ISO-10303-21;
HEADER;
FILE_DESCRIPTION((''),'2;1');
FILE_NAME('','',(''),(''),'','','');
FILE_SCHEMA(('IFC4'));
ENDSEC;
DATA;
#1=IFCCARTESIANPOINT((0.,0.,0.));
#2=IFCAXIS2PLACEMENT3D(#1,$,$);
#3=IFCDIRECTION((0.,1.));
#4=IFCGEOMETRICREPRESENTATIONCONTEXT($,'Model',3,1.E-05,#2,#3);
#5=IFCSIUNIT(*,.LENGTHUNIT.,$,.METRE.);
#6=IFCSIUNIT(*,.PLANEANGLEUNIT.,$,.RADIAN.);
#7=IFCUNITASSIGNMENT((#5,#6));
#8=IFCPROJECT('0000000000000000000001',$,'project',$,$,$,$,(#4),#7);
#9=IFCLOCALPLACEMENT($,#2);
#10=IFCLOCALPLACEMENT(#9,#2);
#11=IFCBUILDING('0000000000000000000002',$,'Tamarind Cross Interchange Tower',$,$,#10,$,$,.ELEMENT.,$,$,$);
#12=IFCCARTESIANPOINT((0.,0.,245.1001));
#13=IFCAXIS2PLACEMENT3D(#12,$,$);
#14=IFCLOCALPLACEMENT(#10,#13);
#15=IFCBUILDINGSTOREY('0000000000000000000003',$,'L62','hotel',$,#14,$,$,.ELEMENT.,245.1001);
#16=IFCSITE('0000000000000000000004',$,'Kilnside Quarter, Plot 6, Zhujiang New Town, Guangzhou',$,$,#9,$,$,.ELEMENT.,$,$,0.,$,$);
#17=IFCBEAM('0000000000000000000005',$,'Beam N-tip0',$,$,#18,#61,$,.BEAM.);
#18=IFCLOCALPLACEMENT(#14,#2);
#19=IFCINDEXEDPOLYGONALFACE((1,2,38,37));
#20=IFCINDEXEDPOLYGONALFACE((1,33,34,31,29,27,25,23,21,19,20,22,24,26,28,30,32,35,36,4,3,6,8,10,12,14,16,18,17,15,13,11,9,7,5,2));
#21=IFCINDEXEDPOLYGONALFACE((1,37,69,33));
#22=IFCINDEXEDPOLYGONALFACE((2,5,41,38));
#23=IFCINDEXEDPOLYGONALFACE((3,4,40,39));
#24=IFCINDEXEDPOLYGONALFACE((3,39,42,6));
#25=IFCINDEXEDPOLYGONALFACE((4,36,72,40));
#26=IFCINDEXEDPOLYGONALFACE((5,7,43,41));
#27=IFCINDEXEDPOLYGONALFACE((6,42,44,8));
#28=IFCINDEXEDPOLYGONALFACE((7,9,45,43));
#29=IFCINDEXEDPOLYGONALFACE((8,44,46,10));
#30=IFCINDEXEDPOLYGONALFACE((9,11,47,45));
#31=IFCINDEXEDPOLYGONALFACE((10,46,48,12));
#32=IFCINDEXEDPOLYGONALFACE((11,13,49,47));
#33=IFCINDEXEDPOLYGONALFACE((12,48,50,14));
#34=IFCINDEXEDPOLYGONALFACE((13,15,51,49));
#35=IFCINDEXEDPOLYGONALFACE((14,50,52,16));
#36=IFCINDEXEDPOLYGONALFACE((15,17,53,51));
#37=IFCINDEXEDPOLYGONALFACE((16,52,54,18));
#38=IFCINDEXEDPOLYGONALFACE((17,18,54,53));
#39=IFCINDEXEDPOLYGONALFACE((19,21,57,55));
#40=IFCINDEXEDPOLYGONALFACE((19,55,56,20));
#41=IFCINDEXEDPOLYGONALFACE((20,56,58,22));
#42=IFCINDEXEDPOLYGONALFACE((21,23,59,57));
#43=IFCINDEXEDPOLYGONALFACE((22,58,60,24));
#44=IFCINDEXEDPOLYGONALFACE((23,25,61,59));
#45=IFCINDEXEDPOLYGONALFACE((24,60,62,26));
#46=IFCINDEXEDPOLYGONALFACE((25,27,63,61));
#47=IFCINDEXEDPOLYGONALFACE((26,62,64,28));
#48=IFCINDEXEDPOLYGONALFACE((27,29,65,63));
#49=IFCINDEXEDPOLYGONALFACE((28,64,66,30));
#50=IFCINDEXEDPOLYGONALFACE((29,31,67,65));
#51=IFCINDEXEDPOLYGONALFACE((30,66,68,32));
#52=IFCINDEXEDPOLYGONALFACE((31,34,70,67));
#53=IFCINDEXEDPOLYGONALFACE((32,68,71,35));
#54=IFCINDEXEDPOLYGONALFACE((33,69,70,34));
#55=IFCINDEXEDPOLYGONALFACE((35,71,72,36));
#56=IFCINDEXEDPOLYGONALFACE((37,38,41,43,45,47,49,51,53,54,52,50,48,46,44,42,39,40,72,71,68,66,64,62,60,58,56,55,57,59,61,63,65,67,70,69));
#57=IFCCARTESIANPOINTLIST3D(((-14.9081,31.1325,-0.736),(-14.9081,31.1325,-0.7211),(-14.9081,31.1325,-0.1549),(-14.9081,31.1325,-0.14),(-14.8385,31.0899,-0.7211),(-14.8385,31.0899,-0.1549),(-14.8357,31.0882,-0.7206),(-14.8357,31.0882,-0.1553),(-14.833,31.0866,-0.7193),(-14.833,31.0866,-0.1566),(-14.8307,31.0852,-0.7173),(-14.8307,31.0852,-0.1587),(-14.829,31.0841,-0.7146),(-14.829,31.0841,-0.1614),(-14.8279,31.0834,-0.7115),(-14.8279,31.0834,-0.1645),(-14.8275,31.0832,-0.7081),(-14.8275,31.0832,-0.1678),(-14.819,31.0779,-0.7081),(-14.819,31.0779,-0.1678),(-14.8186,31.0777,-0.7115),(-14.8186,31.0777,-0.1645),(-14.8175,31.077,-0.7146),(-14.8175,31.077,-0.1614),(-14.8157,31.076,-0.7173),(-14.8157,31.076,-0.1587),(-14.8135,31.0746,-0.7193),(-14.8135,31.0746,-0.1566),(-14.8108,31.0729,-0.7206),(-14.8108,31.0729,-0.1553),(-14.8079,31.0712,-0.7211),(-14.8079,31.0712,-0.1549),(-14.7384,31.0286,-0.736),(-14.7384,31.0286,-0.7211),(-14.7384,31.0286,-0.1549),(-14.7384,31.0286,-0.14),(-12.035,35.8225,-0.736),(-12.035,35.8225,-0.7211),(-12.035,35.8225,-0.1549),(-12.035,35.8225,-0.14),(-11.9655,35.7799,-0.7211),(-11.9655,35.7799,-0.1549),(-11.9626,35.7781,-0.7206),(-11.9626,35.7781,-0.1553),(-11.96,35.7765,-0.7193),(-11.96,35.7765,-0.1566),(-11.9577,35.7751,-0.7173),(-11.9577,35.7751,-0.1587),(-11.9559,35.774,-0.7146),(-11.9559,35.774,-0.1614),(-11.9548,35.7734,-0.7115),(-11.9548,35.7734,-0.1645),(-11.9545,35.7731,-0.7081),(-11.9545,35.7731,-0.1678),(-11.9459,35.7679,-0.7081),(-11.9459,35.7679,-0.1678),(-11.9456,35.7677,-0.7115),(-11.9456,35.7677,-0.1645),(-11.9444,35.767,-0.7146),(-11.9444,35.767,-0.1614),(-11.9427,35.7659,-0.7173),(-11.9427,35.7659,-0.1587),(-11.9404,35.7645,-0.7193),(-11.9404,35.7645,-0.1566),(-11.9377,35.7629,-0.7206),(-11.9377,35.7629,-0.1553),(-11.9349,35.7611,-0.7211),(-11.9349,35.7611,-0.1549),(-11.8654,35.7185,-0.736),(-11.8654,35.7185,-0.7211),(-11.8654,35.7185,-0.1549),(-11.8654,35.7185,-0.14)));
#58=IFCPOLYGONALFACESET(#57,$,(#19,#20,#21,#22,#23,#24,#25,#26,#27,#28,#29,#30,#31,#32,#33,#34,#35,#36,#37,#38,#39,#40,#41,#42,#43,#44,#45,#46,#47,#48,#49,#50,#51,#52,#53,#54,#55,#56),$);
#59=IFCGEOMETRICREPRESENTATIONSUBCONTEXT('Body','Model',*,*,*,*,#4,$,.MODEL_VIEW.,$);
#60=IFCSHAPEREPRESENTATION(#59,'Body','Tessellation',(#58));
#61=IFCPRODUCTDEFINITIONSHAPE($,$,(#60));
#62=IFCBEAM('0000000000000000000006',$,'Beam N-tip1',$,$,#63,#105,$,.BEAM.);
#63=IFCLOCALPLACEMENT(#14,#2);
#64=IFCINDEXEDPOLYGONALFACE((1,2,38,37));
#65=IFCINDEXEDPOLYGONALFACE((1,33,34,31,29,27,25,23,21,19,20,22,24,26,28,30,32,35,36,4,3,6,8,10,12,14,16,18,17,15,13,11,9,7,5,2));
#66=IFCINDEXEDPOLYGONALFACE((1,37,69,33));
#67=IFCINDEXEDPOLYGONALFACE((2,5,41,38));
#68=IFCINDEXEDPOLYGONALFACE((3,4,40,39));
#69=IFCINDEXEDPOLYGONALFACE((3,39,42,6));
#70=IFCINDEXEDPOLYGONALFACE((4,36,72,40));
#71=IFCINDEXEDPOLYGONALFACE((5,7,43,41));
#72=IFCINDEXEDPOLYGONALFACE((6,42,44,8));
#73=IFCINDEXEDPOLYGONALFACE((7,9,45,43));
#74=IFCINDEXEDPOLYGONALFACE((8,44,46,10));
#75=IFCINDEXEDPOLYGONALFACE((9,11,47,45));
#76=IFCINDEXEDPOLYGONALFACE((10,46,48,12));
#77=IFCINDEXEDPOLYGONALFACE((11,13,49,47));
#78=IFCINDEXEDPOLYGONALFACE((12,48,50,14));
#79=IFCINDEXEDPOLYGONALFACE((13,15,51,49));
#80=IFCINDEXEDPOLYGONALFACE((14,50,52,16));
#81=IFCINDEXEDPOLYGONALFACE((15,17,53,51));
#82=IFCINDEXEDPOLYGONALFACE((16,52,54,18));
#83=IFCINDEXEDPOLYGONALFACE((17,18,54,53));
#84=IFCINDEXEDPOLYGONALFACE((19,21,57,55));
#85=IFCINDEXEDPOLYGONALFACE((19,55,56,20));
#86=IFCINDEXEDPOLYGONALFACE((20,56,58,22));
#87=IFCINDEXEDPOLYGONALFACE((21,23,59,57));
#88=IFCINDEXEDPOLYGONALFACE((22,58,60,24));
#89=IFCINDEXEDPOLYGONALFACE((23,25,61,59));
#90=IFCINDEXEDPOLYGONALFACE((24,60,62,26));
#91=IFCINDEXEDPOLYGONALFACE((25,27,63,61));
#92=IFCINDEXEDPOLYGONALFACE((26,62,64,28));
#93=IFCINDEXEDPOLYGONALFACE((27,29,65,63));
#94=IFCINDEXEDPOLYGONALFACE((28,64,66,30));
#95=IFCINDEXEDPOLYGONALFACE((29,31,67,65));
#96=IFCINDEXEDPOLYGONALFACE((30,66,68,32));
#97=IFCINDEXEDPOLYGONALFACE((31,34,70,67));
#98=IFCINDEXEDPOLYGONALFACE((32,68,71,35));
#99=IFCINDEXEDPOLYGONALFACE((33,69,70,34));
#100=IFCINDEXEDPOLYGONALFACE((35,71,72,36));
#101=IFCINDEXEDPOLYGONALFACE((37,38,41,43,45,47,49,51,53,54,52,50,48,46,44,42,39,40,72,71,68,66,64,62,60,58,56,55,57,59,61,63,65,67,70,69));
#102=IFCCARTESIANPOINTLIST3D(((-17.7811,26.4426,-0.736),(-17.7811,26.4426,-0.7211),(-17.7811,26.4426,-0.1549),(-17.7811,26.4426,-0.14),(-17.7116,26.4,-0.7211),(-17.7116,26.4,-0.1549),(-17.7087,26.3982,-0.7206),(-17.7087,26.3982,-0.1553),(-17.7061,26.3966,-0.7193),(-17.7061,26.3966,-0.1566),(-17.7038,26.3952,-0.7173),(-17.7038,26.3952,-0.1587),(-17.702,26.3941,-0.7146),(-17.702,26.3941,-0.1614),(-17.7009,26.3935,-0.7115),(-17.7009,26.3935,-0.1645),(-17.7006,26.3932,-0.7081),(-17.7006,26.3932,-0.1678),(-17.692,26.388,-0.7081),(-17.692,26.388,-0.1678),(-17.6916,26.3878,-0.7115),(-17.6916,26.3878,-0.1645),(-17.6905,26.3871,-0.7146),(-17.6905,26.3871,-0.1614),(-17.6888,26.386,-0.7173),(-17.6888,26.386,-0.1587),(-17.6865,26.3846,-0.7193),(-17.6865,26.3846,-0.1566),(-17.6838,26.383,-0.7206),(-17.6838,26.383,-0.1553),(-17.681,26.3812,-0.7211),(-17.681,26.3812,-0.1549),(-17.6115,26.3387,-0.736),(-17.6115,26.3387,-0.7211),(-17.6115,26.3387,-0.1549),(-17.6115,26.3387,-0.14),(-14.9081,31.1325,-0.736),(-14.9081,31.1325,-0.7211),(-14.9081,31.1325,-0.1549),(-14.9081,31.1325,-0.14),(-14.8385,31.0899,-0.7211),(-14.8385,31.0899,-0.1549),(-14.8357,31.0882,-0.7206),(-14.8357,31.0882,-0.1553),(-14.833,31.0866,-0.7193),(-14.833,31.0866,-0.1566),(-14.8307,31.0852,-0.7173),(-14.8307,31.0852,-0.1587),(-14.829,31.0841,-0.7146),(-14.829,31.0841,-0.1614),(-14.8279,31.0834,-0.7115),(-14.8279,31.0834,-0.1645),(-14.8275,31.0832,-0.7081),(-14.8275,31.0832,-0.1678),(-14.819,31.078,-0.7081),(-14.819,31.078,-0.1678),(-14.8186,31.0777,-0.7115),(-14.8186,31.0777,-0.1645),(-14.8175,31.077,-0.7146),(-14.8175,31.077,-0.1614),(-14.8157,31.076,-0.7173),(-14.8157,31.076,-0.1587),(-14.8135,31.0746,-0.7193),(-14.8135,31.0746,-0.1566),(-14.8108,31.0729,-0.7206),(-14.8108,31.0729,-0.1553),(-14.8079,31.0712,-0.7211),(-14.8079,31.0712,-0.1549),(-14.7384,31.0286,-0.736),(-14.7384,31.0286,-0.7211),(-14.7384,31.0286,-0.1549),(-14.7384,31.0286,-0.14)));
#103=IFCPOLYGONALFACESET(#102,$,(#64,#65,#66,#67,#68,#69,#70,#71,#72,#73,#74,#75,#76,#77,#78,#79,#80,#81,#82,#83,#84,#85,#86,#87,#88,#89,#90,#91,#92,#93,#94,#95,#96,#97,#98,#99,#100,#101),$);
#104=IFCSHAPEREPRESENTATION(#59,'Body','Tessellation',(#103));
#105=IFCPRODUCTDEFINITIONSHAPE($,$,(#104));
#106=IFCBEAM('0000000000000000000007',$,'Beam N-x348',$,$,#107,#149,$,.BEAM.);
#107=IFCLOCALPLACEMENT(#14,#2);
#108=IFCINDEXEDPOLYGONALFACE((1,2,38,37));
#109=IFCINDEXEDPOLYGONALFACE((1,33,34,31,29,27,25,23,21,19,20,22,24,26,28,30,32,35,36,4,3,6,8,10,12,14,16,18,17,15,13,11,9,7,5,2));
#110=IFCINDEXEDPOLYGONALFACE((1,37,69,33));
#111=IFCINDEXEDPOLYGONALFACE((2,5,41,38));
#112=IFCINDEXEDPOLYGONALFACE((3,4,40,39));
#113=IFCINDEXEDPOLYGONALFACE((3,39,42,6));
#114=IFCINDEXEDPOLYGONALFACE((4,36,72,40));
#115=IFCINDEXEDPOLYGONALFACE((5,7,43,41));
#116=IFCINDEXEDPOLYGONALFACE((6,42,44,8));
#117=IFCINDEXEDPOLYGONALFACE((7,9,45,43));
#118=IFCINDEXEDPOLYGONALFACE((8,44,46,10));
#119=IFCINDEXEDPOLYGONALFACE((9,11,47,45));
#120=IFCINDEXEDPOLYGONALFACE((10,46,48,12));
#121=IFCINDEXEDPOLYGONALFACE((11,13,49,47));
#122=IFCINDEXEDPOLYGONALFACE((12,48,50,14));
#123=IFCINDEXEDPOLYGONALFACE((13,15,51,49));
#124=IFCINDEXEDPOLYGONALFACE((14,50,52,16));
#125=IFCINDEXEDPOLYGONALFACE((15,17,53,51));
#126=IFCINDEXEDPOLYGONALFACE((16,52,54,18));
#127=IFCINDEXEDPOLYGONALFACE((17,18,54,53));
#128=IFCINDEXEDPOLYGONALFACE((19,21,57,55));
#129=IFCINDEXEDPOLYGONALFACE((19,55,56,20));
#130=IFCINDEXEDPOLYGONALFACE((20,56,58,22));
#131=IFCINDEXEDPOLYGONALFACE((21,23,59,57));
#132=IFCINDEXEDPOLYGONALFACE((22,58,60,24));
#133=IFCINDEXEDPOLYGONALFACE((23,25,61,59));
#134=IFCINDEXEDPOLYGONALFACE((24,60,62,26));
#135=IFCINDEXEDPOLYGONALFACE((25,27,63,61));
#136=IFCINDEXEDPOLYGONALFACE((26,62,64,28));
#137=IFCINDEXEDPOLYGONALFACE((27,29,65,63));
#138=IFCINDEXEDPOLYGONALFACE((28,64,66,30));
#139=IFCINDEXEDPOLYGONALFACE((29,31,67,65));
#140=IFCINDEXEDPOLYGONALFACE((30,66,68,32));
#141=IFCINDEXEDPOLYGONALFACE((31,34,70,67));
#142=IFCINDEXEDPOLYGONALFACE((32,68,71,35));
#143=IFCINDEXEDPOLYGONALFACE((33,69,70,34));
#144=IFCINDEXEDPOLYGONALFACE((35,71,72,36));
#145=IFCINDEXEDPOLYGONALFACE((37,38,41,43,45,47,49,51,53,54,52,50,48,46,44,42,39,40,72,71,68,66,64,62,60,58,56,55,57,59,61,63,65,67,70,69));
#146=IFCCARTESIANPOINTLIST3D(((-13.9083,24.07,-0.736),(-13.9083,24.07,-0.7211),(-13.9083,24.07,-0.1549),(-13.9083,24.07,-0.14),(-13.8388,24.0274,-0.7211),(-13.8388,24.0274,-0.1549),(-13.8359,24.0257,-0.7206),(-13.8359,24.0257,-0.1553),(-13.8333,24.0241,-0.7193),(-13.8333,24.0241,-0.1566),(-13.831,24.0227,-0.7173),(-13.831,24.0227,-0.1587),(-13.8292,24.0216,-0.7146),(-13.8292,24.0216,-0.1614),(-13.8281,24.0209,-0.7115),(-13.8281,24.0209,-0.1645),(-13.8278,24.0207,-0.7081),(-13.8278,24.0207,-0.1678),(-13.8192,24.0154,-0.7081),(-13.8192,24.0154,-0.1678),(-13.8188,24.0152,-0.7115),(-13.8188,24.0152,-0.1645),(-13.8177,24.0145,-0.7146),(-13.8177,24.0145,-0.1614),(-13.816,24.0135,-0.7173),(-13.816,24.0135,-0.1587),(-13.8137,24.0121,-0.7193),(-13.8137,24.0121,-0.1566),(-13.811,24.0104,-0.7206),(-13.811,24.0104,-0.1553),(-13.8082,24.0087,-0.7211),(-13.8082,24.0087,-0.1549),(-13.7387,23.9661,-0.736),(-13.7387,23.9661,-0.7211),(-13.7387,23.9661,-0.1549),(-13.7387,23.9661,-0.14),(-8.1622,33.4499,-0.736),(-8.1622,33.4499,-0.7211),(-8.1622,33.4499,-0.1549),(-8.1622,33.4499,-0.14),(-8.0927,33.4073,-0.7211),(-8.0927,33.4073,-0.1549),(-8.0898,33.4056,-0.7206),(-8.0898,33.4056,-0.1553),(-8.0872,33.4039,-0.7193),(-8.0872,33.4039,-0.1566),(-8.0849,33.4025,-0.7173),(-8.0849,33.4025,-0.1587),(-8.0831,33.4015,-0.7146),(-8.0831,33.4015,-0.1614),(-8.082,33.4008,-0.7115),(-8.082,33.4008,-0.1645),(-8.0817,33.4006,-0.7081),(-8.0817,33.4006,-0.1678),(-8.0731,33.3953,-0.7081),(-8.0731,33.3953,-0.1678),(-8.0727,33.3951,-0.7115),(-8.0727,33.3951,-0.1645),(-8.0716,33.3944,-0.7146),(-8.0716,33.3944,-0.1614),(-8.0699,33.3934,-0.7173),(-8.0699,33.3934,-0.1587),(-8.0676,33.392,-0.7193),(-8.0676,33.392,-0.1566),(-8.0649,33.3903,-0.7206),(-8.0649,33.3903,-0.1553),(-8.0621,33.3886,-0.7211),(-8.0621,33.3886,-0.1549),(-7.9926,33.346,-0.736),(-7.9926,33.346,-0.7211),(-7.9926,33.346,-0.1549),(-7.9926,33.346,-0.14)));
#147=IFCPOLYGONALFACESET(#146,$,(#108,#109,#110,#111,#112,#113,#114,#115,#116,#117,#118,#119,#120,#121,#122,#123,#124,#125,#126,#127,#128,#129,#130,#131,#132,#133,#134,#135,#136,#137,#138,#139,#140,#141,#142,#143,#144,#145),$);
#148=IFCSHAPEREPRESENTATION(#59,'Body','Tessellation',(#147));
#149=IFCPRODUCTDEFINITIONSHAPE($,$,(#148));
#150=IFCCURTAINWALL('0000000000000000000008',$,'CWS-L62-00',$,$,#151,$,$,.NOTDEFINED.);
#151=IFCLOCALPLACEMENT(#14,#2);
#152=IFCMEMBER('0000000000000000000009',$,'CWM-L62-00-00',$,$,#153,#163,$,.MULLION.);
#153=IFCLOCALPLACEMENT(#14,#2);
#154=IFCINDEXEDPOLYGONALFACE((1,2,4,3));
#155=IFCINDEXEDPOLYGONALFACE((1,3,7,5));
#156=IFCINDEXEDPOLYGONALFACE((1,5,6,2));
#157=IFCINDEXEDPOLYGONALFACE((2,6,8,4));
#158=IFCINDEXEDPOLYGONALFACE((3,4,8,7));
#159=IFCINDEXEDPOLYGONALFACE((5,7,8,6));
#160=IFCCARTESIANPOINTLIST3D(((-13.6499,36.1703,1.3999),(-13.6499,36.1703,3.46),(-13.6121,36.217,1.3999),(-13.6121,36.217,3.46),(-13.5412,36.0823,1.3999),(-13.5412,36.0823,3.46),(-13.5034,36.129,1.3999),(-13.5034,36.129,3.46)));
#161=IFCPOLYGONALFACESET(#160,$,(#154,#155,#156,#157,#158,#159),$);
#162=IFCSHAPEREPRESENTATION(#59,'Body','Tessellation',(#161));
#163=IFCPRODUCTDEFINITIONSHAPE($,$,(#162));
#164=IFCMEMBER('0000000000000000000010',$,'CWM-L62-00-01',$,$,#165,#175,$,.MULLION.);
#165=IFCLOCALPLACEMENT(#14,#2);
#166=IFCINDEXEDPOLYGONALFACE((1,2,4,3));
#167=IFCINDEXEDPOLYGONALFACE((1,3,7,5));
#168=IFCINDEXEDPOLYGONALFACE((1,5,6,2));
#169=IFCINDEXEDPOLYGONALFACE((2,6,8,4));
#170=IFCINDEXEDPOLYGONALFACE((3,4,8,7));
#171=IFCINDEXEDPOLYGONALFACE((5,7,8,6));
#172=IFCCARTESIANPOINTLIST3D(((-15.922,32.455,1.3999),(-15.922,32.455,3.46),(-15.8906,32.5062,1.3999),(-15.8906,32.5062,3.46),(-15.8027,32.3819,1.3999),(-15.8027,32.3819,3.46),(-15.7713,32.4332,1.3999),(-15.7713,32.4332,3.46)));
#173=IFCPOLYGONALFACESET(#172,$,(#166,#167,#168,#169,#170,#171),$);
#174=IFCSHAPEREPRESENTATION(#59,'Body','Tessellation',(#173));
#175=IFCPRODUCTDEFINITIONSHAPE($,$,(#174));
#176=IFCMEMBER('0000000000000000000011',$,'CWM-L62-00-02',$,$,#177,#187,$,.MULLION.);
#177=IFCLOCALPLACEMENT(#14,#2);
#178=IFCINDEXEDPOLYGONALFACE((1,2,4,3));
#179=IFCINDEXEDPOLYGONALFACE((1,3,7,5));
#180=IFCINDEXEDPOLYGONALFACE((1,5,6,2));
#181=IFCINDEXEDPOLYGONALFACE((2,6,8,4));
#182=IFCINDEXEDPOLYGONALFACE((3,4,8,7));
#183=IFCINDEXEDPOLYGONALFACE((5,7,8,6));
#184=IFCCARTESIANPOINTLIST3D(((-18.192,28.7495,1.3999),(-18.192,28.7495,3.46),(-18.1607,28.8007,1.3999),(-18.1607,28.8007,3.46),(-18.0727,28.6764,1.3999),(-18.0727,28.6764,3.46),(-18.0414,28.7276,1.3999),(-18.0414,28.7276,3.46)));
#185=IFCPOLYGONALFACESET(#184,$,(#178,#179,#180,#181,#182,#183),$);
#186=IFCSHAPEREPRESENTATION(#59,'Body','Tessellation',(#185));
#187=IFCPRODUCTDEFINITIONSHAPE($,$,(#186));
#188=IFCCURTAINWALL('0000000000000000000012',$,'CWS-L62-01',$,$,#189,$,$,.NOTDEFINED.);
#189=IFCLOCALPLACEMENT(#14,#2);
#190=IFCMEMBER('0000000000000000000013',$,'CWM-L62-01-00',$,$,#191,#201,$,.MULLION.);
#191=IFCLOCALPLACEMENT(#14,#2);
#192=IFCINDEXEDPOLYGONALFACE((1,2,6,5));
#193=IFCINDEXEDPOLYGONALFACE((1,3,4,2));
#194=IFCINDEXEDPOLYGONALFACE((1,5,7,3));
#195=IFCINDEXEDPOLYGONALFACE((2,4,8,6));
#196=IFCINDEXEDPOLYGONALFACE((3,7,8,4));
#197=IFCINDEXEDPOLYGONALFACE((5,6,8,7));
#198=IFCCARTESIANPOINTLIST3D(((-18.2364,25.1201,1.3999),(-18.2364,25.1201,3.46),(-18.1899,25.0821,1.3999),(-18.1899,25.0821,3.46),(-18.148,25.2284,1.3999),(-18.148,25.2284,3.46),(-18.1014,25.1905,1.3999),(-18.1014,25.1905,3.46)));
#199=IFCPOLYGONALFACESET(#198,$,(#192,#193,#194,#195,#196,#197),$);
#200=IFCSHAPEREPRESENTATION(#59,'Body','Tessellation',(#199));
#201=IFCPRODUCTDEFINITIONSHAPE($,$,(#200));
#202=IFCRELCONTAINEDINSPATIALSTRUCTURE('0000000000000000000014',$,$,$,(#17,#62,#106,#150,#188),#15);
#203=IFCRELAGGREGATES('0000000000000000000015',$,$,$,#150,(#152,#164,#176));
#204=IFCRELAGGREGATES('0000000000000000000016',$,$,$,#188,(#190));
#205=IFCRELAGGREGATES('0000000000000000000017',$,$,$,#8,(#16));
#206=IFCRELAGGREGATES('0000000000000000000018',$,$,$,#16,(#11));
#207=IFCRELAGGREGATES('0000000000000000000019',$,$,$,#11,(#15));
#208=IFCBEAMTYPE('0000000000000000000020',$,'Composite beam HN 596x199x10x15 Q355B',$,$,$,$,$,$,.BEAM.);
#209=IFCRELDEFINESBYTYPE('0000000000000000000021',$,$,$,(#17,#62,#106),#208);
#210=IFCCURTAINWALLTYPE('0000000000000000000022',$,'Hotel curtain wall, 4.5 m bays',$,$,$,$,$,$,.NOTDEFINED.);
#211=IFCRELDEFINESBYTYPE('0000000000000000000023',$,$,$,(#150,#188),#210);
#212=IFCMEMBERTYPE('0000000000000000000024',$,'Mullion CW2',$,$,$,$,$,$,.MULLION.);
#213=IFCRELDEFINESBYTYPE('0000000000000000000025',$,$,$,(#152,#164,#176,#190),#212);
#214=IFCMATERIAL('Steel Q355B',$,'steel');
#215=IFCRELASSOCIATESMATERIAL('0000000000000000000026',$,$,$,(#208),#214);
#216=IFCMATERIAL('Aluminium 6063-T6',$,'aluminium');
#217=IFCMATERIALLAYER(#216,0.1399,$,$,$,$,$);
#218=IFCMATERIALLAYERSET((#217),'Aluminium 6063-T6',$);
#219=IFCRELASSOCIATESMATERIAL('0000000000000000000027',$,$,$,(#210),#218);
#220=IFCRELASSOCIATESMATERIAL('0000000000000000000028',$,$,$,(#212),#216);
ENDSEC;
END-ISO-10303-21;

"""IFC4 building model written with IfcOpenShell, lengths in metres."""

from ifc_helpers import new_model, si_unit, direction, frame, origin, origin_2d, place, context, subcontext, project, spatial, rectangle, i_section, extrude, material, layer, layer_set, material_profile, profile_set, type_object, element, aggregate, save


model = new_model("IFC4")

# Units and contexts
model_context = context("Model", 3, precision=1e-05, world=origin(), true_north=direction((0.0, 1.0)))
body_context = subcontext(model_context, "Body", "Model", "MODEL_VIEW")
ifc_project = project(units=[si_unit("LENGTHUNIT", "METRE"), si_unit("PLANEANGLEUNIT", "RADIAN")], contexts=[model_context])

# Site, building, storey
site_placement = place(None, origin())
site = spatial("IfcSite", under=ifc_project, at=site_placement, Name="Kilnside Quarter, Plot 6, Zhujiang New Town, Guangzhou", CompositionType="ELEMENT", RefElevation=0.0)
building_placement = place(site_placement, origin())
building = spatial("IfcBuilding", under=site, at=building_placement, Name="Tamarind Cross Interchange Tower", CompositionType="ELEMENT")
storey_placement = place(building_placement, frame((0.0, 0.0, 245.1001)))
storey = spatial("IfcBuildingStorey", under=building, at=storey_placement, Name="L62", Description="hotel", CompositionType="ELEMENT", Elevation=245.1001)

# Beams
ifc_material_1 = material(Name="Steel Q355B", Category="steel")
ifc_material_profile_1 = material_profile(ifc_material_1, i_section(OverallWidth=0.199, OverallDepth=0.5959, WebThickness=0.01, FlangeThickness=0.0149, FilletRadius=0.0129, at=origin_2d()), Name="HN 596x199x10x15")
ifc_profile_set_1 = profile_set([ifc_material_profile_1], Name="Steel Q355B")
beam_type_1 = type_object("IfcBeamType", Name="Composite beam HN 596x199x10x15 Q355B", PredefinedType="BEAM", material=ifc_profile_set_1)
for number, where, z_axis, x_axis, name in (
    (1, (-11.9502, 35.7705, -0.438), (-0.522373, -0.852717, 0.0), (0.852717, -0.522373, 0.0), "Beam N-tip0"),
    (2, (-14.8232, 31.0806, -0.438), (-0.522373, -0.852717, 0.0), (0.852717, -0.522373, 0.0), "Beam N-tip1"),
):
    element("IfcBeam", number, at=place(storey_placement, frame(where, z_axis=z_axis, x_axis=x_axis)), inside=storey, type_object=beam_type_1, Name=name, PredefinedType="BEAM", context=body_context, shape_type="SweptSolid", body=[
        extrude(i_section(OverallWidth=0.199, OverallDepth=0.5959, WebThickness=0.01, FlangeThickness=0.0149, FilletRadius=0.0129, at=origin_2d()), origin(), (0.0, 0.0, 1.0), 5.5),
    ])
beam_1_placement = place(storey_placement, frame((-8.0774, 33.3979, -0.438), z_axis=(-0.522373, -0.852717, 0.0), x_axis=(0.852717, -0.522373, 0.0)))
element("IfcBeam", 3, at=beam_1_placement, inside=storey, type_object=beam_type_1, Name="Beam N-x348", PredefinedType="BEAM", context=body_context, shape_type="SweptSolid", body=[
    extrude(i_section(OverallWidth=0.199, OverallDepth=0.5959, WebThickness=0.01, FlangeThickness=0.0149, FilletRadius=0.0129, at=origin_2d()), origin(), (0.0, 0.0, 1.0), 11.0),
])

# Curtain wall, members
ifc_material_2 = material(Name="Aluminium 6063-T6", Category="aluminium")
ifc_layer_1 = layer(ifc_material_2, 0.1399)
ifc_layer_set_1 = layer_set([ifc_layer_1], Name="Aluminium 6063-T6")
curtain_wall_type = type_object("IfcCurtainWallType", Name="Hotel curtain wall, 4.5 m bays", PredefinedType="NOTDEFINED", material=ifc_layer_set_1)
curtain_wall_1_placement = place(storey_placement, origin())
curtain_wall_1 = element("IfcCurtainWall", 4, at=curtain_wall_1_placement, inside=storey, type_object=curtain_wall_type, Name="CWS-L62-00", PredefinedType="NOTDEFINED")
ifc_material_profile_2 = material_profile(ifc_material_2, rectangle(XDim=0.0601, YDim=0.1399, at=origin_2d()), Name="Mullion CW2")
ifc_profile_set_2 = profile_set([ifc_material_profile_2], Name="Aluminium 6063-T6")
member_type = type_object("IfcMemberType", Name="Mullion CW2", PredefinedType="MULLION", material=ifc_profile_set_2)
member_1_placement = place(storey_placement, frame((-13.5767, 36.1497, 1.3999), z_axis=(0.0, 0.0, 1.0), x_axis=(-0.629201, -0.777243, 0.0)))
member_1 = element("IfcMember", 5, at=member_1_placement, type_object=member_type, Name="CWM-L62-00-00", PredefinedType="MULLION", context=body_context, shape_type="SweptSolid", body=[
    extrude(rectangle(XDim=0.0601, YDim=0.1399, at=origin_2d()), origin(), (0.0, 0.0, 1.0), 2.0601),
])
member_2_placement = place(storey_placement, frame((-15.8467, 32.4441, 1.3999), z_axis=(0.0, 0.0, 1.0), x_axis=(-0.522368, -0.85272, 0.0)))
member_2 = element("IfcMember", 6, at=member_2_placement, type_object=member_type, Name="CWM-L62-00-01", PredefinedType="MULLION", context=body_context, shape_type="SweptSolid", body=[
    extrude(rectangle(XDim=0.0601, YDim=0.1399, at=origin_2d()), origin(), (0.0, 0.0, 1.0), 2.0601),
])
member_3_placement = place(storey_placement, frame((-18.1167, 28.7385, 1.3999), z_axis=(0.0, 0.0, 1.0), x_axis=(-0.522368, -0.85272, 0.0)))
member_3 = element("IfcMember", 7, at=member_3_placement, type_object=member_type, Name="CWM-L62-00-02", PredefinedType="MULLION", context=body_context, shape_type="SweptSolid", body=[
    extrude(rectangle(XDim=0.0601, YDim=0.1399, at=origin_2d()), origin(), (0.0, 0.0, 1.0), 2.0601),
])
aggregate(curtain_wall_1, [member_1, member_2, member_3])

# Curtain wall, member
curtain_wall_2_placement = place(storey_placement, origin())
curtain_wall_2 = element("IfcCurtainWall", 8, at=curtain_wall_2_placement, inside=storey, type_object=curtain_wall_type, Name="CWS-L62-01", PredefinedType="NOTDEFINED")
member_4_placement = place(storey_placement, frame((-18.1689, 25.1553, 1.3999), z_axis=(0.0, 0.0, 1.0), x_axis=(0.774563, -0.632497, 0.0)))
member_4 = element("IfcMember", 9, at=member_4_placement, type_object=member_type, Name="CWM-L62-01-00", PredefinedType="MULLION", context=body_context, shape_type="SweptSolid", body=[
    extrude(rectangle(XDim=0.0601, YDim=0.1399, at=origin_2d()), origin(), (0.0, 0.0, 1.0), 2.0601),
])
aggregate(curtain_wall_2, [member_4])

save(model, "model.ifc")
